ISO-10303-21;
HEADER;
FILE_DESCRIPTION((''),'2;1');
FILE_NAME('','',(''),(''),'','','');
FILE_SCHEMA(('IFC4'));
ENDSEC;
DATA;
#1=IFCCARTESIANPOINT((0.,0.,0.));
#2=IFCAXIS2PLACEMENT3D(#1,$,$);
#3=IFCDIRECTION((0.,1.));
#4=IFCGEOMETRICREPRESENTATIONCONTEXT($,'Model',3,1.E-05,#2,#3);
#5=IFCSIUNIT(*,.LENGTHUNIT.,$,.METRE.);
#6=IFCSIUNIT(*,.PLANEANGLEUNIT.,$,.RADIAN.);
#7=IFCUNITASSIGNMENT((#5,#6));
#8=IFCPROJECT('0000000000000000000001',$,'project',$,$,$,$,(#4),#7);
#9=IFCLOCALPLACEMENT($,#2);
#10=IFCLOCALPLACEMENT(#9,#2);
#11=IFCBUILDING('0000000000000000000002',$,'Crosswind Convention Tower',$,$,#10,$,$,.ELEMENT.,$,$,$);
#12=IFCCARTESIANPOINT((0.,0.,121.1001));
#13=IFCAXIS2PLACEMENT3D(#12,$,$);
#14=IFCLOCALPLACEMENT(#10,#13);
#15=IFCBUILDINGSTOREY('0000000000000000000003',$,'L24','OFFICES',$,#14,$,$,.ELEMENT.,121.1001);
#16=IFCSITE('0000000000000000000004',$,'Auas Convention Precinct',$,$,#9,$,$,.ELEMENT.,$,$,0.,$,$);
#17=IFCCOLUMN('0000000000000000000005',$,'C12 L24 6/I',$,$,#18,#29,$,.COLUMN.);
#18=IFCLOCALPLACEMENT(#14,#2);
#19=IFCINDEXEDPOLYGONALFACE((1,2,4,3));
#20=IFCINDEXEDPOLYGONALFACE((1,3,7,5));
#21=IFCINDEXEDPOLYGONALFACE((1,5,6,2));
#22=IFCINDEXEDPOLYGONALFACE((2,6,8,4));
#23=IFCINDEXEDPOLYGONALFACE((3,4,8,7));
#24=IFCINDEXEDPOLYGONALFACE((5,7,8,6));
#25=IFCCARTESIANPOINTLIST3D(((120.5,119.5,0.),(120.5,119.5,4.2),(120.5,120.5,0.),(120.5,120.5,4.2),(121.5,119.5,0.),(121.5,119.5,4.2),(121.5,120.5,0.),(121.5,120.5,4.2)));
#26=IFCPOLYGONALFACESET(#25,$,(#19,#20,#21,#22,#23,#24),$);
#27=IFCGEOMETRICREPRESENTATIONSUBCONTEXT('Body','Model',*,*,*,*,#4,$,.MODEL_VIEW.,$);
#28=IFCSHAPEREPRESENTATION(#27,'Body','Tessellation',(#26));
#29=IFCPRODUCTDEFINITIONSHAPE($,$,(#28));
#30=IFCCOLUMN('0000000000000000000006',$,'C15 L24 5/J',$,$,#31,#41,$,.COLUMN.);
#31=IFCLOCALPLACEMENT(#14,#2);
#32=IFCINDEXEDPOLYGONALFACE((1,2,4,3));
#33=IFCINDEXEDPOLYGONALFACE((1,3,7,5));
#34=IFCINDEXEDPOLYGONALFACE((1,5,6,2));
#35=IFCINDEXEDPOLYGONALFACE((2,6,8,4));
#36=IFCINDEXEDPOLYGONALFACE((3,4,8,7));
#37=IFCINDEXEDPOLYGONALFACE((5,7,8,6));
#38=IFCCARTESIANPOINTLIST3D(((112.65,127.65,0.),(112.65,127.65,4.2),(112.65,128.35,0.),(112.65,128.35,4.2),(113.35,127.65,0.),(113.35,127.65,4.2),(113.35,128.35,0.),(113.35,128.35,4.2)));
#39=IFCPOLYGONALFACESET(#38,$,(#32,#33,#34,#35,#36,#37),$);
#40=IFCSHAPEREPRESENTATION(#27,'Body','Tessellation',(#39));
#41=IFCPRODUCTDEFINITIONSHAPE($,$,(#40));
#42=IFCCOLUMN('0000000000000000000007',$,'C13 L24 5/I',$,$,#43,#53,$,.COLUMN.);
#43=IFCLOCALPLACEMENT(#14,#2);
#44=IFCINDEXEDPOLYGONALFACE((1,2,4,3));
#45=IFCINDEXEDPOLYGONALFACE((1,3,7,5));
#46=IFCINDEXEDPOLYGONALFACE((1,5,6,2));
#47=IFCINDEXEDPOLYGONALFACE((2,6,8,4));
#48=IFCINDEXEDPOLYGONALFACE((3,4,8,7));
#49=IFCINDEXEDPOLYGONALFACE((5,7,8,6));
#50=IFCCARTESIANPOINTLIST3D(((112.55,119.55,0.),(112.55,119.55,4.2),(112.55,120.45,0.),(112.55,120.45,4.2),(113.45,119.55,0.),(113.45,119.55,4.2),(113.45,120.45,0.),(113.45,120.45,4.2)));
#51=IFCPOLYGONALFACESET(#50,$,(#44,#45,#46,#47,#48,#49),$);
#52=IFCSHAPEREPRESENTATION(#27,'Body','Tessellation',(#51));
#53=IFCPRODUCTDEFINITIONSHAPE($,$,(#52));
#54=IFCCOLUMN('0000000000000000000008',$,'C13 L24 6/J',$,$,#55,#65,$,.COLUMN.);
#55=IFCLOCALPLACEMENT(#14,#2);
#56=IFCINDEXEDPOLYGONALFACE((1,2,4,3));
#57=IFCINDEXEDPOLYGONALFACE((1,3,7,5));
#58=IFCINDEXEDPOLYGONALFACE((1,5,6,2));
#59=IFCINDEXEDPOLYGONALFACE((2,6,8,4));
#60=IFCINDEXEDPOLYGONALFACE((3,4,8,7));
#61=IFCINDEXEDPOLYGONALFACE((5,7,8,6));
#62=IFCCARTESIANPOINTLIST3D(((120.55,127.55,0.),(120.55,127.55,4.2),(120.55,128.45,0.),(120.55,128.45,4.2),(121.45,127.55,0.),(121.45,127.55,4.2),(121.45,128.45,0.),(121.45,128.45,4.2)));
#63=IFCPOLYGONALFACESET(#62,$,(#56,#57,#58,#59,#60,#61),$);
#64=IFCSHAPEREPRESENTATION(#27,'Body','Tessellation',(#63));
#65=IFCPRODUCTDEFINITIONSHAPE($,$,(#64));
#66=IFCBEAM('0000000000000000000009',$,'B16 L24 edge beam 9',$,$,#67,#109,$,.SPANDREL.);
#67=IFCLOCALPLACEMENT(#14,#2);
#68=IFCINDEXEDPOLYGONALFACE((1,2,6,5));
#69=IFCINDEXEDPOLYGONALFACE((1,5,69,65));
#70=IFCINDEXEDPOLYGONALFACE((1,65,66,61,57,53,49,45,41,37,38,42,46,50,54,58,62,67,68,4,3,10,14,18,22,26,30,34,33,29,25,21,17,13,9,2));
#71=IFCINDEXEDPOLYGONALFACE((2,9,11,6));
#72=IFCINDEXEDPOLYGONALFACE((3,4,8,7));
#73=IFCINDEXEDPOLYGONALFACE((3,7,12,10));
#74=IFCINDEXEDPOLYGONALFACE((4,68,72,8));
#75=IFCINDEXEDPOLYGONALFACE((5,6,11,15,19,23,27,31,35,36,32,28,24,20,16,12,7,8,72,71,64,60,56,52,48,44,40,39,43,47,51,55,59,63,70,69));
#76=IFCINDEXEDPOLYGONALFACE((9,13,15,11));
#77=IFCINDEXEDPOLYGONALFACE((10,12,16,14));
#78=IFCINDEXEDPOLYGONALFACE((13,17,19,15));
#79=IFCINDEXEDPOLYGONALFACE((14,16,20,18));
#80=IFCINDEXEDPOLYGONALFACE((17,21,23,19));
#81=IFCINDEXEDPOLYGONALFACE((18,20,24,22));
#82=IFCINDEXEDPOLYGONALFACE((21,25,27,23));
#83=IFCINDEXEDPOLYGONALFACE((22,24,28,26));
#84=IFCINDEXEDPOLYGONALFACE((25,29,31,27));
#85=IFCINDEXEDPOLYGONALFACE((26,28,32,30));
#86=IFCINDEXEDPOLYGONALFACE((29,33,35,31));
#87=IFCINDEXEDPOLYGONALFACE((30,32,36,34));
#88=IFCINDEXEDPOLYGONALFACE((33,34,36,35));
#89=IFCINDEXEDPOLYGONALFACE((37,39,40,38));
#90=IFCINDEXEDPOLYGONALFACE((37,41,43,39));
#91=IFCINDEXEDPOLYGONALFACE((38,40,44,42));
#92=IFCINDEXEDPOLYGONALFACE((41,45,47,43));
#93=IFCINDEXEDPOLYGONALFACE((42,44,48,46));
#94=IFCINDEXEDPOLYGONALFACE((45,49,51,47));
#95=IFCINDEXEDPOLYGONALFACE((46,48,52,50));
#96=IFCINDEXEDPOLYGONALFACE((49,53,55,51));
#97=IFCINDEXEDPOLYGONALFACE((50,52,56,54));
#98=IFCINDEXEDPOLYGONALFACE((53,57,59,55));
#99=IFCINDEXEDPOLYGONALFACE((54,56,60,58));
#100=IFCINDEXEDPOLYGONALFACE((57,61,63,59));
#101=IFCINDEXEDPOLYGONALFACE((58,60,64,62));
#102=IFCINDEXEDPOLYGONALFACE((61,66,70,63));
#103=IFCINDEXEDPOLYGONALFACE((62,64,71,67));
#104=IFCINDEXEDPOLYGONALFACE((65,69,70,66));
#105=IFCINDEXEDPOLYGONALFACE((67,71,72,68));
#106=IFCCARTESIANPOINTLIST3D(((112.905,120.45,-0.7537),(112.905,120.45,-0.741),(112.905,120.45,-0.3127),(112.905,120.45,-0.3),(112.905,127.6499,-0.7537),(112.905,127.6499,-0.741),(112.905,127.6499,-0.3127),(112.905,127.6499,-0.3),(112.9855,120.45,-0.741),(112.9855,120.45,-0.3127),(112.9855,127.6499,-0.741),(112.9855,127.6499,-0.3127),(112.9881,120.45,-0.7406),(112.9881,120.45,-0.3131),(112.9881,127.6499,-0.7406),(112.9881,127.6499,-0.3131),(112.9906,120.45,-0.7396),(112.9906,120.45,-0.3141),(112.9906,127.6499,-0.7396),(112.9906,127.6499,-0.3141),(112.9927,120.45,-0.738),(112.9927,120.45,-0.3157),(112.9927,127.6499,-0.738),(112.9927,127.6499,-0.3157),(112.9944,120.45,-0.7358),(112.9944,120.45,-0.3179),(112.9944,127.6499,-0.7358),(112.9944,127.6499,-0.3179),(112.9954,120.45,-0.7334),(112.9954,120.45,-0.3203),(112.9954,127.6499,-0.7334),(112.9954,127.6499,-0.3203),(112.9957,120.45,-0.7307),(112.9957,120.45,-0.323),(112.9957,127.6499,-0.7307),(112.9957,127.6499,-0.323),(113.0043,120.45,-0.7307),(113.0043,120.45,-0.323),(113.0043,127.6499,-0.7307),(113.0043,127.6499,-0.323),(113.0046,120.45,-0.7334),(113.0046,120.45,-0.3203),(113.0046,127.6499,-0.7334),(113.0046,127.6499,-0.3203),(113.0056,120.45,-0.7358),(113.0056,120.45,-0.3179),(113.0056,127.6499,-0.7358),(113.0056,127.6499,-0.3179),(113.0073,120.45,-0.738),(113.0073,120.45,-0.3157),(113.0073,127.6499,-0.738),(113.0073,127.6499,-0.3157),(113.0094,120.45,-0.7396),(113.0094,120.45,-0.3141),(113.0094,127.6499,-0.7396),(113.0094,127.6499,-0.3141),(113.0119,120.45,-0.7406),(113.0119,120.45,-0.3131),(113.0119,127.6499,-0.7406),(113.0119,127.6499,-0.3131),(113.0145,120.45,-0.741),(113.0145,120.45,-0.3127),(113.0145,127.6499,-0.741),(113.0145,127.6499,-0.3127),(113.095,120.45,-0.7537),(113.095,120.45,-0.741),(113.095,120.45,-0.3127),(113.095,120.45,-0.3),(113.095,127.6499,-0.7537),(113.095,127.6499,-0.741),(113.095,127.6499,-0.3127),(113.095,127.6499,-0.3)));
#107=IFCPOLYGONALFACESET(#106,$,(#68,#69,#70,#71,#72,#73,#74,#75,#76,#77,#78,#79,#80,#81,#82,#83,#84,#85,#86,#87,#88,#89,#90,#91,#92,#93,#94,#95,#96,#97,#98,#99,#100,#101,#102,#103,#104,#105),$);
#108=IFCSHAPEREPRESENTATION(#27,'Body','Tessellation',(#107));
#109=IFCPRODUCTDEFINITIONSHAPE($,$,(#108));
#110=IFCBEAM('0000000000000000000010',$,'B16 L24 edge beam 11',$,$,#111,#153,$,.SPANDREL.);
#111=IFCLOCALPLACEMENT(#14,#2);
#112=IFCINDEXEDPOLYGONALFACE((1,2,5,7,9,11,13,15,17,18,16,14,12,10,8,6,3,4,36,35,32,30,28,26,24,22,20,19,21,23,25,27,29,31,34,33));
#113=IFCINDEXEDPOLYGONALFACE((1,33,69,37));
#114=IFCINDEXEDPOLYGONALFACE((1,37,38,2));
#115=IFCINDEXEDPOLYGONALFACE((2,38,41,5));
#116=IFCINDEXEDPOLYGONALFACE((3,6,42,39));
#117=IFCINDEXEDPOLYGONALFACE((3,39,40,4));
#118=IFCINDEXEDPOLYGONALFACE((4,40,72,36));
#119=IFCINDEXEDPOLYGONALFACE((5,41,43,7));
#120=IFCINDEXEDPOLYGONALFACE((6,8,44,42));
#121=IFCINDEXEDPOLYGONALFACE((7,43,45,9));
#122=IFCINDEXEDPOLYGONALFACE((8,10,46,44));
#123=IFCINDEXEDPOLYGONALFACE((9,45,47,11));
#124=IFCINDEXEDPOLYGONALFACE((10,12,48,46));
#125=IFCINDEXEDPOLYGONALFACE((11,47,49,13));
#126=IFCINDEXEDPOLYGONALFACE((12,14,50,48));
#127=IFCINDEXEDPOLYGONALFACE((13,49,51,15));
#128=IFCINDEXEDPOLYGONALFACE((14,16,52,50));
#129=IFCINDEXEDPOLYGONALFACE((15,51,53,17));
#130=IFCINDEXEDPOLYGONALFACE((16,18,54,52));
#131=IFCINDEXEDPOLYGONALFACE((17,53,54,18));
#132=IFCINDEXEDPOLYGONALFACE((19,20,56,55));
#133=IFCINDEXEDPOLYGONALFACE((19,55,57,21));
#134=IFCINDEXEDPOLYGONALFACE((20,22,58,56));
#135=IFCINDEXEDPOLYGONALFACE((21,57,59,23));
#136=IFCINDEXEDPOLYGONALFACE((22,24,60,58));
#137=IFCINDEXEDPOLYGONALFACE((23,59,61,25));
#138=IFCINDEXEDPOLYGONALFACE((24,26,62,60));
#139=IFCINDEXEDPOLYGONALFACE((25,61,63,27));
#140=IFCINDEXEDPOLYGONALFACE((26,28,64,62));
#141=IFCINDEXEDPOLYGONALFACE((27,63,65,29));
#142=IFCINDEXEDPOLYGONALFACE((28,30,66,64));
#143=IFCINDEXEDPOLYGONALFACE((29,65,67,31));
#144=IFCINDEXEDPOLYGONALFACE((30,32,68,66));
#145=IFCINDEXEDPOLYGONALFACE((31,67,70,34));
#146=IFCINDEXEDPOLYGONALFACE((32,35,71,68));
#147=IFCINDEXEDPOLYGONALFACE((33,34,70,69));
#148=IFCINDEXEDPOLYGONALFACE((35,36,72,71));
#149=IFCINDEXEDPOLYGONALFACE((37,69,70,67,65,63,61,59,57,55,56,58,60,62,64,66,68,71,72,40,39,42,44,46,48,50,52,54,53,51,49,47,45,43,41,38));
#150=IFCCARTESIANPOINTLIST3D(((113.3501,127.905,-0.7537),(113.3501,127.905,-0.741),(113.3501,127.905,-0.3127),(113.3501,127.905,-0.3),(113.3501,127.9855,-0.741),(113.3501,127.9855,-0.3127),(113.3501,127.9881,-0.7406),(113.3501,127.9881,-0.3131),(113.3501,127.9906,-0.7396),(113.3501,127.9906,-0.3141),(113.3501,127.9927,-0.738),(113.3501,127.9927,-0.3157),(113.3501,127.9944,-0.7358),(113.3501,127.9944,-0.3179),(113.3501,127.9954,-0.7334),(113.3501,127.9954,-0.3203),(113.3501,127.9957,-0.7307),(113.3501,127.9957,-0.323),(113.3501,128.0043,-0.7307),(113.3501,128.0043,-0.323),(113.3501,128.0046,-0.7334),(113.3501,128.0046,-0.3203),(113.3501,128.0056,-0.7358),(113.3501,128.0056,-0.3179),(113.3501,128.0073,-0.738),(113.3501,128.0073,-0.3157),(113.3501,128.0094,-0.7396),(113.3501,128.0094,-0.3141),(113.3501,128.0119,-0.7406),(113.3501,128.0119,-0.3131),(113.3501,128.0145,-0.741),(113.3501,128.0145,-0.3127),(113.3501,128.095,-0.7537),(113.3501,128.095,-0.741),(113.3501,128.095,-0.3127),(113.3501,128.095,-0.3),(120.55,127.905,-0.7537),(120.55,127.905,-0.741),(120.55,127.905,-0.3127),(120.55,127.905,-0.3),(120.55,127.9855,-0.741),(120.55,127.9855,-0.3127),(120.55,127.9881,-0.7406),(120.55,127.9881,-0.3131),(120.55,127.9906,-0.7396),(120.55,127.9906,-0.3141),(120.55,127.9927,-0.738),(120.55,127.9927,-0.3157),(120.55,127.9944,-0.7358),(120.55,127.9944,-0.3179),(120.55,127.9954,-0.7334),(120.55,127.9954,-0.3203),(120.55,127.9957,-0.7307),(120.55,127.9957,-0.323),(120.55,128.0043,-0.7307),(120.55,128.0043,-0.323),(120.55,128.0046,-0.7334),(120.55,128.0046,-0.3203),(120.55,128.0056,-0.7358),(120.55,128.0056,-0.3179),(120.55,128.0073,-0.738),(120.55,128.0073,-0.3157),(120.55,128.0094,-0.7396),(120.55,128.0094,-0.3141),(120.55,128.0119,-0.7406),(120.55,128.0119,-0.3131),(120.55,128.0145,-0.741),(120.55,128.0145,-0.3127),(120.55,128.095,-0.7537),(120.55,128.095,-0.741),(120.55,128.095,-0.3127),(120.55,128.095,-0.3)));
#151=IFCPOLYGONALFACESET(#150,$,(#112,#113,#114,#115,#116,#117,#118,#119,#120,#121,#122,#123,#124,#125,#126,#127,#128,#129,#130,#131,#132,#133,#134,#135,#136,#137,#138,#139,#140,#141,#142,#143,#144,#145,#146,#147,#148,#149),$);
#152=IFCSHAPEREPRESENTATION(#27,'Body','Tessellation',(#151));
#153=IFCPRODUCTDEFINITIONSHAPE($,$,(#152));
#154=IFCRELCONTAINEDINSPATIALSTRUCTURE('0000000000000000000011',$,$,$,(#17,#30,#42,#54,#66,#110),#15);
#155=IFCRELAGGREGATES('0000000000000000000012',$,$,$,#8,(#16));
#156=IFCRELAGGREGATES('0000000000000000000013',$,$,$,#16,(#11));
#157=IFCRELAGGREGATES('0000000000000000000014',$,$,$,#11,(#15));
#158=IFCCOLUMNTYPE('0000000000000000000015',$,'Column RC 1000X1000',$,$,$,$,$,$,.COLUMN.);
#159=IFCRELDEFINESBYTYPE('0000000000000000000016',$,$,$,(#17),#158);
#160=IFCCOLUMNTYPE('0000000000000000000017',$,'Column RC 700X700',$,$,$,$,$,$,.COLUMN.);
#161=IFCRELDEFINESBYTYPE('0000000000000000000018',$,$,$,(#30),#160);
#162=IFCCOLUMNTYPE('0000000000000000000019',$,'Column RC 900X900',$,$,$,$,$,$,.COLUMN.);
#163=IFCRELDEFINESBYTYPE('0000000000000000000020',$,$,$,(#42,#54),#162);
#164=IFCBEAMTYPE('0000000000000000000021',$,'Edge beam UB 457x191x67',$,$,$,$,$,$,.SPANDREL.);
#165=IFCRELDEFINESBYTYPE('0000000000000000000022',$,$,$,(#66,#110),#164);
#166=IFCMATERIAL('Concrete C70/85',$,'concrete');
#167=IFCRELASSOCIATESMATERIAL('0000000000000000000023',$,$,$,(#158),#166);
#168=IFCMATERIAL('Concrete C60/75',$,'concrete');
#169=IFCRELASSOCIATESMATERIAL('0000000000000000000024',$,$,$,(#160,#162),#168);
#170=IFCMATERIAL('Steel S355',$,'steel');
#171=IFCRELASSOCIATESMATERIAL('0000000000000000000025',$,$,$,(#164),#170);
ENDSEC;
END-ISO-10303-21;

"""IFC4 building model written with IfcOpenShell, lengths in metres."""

from ifc_helpers import new_model, si_unit, direction, frame, origin, origin_2d, place, context, subcontext, project, spatial, rectangle, i_section, extrude, material, material_profile, profile_set, type_object, element, save


model = new_model("IFC4")

# Units and contexts
model_context = context("Model", 3, precision=1e-05, world=origin(), true_north=direction((0.0, 1.0)))
body_context = subcontext(model_context, "Body", "Model", "MODEL_VIEW")
ifc_project = project(units=[si_unit("LENGTHUNIT", "METRE"), si_unit("PLANEANGLEUNIT", "RADIAN")], contexts=[model_context])

# Site, building, storey
site_placement = place(None, origin())
site = spatial("IfcSite", under=ifc_project, at=site_placement, Name="Auas Convention Precinct", CompositionType="ELEMENT", RefElevation=0.0)
building_placement = place(site_placement, origin())
building = spatial("IfcBuilding", under=site, at=building_placement, Name="Crosswind Convention Tower", CompositionType="ELEMENT")
storey_placement = place(building_placement, frame((0.0, 0.0, 121.1001)))
storey = spatial("IfcBuildingStorey", under=building, at=storey_placement, Name="L24", Description="OFFICES", CompositionType="ELEMENT", Elevation=121.1001)

# Columns
ifc_material_1 = material(Name="Concrete C70/85", Category="concrete")
ifc_material_profile_1 = material_profile(ifc_material_1, rectangle(XDim=1.0, YDim=1.0, at=origin_2d()), Name="RC 1000X1000")
ifc_profile_set_1 = profile_set([ifc_material_profile_1], Name="Concrete C70/85")
column_type_1 = type_object("IfcColumnType", Name="Column RC 1000X1000", PredefinedType="COLUMN", material=ifc_profile_set_1)
column_1_placement = place(storey_placement, frame((121.0, 120.0, 0.0), z_axis=(0.0, 0.0, 1.0), x_axis=(1.0, 0.0, 0.0)))
element("IfcColumn", 1, at=column_1_placement, inside=storey, type_object=column_type_1, Name="C12 L24 6/I", PredefinedType="COLUMN", context=body_context, shape_type="SweptSolid", body=[
    extrude(rectangle(XDim=1.0, YDim=1.0, at=origin_2d()), origin(), (0.0, 0.0, 1.0), 4.2),
])
ifc_material_2 = material(Name="Concrete C60/75", Category="concrete")
ifc_material_profile_2 = material_profile(ifc_material_2, rectangle(XDim=0.7, YDim=0.7, at=origin_2d()), Name="RC 700X700")
ifc_profile_set_2 = profile_set([ifc_material_profile_2], Name="Concrete C60/75")
column_type_2 = type_object("IfcColumnType", Name="Column RC 700X700", PredefinedType="COLUMN", material=ifc_profile_set_2)
column_2_placement = place(storey_placement, frame((113.0, 128.0, 0.0), z_axis=(0.0, 0.0, 1.0), x_axis=(1.0, 0.0, 0.0)))
element("IfcColumn", 2, at=column_2_placement, inside=storey, type_object=column_type_2, Name="C15 L24 5/J", PredefinedType="COLUMN", context=body_context, shape_type="SweptSolid", body=[
    extrude(rectangle(XDim=0.7, YDim=0.7, at=origin_2d()), origin(), (0.0, 0.0, 1.0), 4.2),
])
ifc_material_profile_3 = material_profile(ifc_material_2, rectangle(XDim=0.8999, YDim=0.8999, at=origin_2d()), Name="RC 900X900")
ifc_profile_set_3 = profile_set([ifc_material_profile_3], Name="Concrete C60/75")
column_type_3 = type_object("IfcColumnType", Name="Column RC 900X900", PredefinedType="COLUMN", material=ifc_profile_set_3)
for number, where, z_axis, x_axis, name in (
    (3, (113.0, 120.0, 0.0), (0.0, 0.0, 1.0), (1.0, 0.0, 0.0), "C13 L24 5/I"),
    (4, (121.0, 128.0, 0.0), (0.0, 0.0, 1.0), (1.0, 0.0, 0.0), "C13 L24 6/J"),
):
    element("IfcColumn", number, at=place(storey_placement, frame(where, z_axis=z_axis, x_axis=x_axis)), inside=storey, type_object=column_type_3, Name=name, PredefinedType="COLUMN", context=body_context, shape_type="SweptSolid", body=[
        extrude(rectangle(XDim=0.8999, YDim=0.8999, at=origin_2d()), origin(), (0.0, 0.0, 1.0), 4.2),
    ])

# Beams
ifc_material_3 = material(Name="Steel S355", Category="steel")
ifc_material_profile_4 = material_profile(ifc_material_3, i_section(OverallWidth=0.1899, OverallDepth=0.4536, WebThickness=0.0085, FlangeThickness=0.0127, FilletRadius=0.0103, at=origin_2d()), Name="UB 457x191x67")
ifc_profile_set_4 = profile_set([ifc_material_profile_4], Name="Steel S355")
beam_type_1 = type_object("IfcBeamType", Name="Edge beam UB 457x191x67", PredefinedType="SPANDREL", material=ifc_profile_set_4)
for number, where, z_axis, x_axis, name in (
    (5, (113.0, 120.45, -0.5269), (0.0, 1.0, 0.0), (-1.0, 0.0, 0.0), "B16 L24 edge beam 9"),
    (6, (113.3501, 128.0, -0.5269), (1.0, 0.0, 0.0), (0.0, 1.0, 0.0), "B16 L24 edge beam 11"),
):
    element("IfcBeam", number, at=place(storey_placement, frame(where, z_axis=z_axis, x_axis=x_axis)), inside=storey, type_object=beam_type_1, Name=name, PredefinedType="SPANDREL", context=body_context, shape_type="SweptSolid", body=[
        extrude(i_section(OverallWidth=0.1899, OverallDepth=0.4536, WebThickness=0.0085, FlangeThickness=0.0127, FilletRadius=0.0103, at=origin_2d()), origin(), (0.0, 0.0, 1.0), 7.2),
    ])

save(model, "model.ifc")
